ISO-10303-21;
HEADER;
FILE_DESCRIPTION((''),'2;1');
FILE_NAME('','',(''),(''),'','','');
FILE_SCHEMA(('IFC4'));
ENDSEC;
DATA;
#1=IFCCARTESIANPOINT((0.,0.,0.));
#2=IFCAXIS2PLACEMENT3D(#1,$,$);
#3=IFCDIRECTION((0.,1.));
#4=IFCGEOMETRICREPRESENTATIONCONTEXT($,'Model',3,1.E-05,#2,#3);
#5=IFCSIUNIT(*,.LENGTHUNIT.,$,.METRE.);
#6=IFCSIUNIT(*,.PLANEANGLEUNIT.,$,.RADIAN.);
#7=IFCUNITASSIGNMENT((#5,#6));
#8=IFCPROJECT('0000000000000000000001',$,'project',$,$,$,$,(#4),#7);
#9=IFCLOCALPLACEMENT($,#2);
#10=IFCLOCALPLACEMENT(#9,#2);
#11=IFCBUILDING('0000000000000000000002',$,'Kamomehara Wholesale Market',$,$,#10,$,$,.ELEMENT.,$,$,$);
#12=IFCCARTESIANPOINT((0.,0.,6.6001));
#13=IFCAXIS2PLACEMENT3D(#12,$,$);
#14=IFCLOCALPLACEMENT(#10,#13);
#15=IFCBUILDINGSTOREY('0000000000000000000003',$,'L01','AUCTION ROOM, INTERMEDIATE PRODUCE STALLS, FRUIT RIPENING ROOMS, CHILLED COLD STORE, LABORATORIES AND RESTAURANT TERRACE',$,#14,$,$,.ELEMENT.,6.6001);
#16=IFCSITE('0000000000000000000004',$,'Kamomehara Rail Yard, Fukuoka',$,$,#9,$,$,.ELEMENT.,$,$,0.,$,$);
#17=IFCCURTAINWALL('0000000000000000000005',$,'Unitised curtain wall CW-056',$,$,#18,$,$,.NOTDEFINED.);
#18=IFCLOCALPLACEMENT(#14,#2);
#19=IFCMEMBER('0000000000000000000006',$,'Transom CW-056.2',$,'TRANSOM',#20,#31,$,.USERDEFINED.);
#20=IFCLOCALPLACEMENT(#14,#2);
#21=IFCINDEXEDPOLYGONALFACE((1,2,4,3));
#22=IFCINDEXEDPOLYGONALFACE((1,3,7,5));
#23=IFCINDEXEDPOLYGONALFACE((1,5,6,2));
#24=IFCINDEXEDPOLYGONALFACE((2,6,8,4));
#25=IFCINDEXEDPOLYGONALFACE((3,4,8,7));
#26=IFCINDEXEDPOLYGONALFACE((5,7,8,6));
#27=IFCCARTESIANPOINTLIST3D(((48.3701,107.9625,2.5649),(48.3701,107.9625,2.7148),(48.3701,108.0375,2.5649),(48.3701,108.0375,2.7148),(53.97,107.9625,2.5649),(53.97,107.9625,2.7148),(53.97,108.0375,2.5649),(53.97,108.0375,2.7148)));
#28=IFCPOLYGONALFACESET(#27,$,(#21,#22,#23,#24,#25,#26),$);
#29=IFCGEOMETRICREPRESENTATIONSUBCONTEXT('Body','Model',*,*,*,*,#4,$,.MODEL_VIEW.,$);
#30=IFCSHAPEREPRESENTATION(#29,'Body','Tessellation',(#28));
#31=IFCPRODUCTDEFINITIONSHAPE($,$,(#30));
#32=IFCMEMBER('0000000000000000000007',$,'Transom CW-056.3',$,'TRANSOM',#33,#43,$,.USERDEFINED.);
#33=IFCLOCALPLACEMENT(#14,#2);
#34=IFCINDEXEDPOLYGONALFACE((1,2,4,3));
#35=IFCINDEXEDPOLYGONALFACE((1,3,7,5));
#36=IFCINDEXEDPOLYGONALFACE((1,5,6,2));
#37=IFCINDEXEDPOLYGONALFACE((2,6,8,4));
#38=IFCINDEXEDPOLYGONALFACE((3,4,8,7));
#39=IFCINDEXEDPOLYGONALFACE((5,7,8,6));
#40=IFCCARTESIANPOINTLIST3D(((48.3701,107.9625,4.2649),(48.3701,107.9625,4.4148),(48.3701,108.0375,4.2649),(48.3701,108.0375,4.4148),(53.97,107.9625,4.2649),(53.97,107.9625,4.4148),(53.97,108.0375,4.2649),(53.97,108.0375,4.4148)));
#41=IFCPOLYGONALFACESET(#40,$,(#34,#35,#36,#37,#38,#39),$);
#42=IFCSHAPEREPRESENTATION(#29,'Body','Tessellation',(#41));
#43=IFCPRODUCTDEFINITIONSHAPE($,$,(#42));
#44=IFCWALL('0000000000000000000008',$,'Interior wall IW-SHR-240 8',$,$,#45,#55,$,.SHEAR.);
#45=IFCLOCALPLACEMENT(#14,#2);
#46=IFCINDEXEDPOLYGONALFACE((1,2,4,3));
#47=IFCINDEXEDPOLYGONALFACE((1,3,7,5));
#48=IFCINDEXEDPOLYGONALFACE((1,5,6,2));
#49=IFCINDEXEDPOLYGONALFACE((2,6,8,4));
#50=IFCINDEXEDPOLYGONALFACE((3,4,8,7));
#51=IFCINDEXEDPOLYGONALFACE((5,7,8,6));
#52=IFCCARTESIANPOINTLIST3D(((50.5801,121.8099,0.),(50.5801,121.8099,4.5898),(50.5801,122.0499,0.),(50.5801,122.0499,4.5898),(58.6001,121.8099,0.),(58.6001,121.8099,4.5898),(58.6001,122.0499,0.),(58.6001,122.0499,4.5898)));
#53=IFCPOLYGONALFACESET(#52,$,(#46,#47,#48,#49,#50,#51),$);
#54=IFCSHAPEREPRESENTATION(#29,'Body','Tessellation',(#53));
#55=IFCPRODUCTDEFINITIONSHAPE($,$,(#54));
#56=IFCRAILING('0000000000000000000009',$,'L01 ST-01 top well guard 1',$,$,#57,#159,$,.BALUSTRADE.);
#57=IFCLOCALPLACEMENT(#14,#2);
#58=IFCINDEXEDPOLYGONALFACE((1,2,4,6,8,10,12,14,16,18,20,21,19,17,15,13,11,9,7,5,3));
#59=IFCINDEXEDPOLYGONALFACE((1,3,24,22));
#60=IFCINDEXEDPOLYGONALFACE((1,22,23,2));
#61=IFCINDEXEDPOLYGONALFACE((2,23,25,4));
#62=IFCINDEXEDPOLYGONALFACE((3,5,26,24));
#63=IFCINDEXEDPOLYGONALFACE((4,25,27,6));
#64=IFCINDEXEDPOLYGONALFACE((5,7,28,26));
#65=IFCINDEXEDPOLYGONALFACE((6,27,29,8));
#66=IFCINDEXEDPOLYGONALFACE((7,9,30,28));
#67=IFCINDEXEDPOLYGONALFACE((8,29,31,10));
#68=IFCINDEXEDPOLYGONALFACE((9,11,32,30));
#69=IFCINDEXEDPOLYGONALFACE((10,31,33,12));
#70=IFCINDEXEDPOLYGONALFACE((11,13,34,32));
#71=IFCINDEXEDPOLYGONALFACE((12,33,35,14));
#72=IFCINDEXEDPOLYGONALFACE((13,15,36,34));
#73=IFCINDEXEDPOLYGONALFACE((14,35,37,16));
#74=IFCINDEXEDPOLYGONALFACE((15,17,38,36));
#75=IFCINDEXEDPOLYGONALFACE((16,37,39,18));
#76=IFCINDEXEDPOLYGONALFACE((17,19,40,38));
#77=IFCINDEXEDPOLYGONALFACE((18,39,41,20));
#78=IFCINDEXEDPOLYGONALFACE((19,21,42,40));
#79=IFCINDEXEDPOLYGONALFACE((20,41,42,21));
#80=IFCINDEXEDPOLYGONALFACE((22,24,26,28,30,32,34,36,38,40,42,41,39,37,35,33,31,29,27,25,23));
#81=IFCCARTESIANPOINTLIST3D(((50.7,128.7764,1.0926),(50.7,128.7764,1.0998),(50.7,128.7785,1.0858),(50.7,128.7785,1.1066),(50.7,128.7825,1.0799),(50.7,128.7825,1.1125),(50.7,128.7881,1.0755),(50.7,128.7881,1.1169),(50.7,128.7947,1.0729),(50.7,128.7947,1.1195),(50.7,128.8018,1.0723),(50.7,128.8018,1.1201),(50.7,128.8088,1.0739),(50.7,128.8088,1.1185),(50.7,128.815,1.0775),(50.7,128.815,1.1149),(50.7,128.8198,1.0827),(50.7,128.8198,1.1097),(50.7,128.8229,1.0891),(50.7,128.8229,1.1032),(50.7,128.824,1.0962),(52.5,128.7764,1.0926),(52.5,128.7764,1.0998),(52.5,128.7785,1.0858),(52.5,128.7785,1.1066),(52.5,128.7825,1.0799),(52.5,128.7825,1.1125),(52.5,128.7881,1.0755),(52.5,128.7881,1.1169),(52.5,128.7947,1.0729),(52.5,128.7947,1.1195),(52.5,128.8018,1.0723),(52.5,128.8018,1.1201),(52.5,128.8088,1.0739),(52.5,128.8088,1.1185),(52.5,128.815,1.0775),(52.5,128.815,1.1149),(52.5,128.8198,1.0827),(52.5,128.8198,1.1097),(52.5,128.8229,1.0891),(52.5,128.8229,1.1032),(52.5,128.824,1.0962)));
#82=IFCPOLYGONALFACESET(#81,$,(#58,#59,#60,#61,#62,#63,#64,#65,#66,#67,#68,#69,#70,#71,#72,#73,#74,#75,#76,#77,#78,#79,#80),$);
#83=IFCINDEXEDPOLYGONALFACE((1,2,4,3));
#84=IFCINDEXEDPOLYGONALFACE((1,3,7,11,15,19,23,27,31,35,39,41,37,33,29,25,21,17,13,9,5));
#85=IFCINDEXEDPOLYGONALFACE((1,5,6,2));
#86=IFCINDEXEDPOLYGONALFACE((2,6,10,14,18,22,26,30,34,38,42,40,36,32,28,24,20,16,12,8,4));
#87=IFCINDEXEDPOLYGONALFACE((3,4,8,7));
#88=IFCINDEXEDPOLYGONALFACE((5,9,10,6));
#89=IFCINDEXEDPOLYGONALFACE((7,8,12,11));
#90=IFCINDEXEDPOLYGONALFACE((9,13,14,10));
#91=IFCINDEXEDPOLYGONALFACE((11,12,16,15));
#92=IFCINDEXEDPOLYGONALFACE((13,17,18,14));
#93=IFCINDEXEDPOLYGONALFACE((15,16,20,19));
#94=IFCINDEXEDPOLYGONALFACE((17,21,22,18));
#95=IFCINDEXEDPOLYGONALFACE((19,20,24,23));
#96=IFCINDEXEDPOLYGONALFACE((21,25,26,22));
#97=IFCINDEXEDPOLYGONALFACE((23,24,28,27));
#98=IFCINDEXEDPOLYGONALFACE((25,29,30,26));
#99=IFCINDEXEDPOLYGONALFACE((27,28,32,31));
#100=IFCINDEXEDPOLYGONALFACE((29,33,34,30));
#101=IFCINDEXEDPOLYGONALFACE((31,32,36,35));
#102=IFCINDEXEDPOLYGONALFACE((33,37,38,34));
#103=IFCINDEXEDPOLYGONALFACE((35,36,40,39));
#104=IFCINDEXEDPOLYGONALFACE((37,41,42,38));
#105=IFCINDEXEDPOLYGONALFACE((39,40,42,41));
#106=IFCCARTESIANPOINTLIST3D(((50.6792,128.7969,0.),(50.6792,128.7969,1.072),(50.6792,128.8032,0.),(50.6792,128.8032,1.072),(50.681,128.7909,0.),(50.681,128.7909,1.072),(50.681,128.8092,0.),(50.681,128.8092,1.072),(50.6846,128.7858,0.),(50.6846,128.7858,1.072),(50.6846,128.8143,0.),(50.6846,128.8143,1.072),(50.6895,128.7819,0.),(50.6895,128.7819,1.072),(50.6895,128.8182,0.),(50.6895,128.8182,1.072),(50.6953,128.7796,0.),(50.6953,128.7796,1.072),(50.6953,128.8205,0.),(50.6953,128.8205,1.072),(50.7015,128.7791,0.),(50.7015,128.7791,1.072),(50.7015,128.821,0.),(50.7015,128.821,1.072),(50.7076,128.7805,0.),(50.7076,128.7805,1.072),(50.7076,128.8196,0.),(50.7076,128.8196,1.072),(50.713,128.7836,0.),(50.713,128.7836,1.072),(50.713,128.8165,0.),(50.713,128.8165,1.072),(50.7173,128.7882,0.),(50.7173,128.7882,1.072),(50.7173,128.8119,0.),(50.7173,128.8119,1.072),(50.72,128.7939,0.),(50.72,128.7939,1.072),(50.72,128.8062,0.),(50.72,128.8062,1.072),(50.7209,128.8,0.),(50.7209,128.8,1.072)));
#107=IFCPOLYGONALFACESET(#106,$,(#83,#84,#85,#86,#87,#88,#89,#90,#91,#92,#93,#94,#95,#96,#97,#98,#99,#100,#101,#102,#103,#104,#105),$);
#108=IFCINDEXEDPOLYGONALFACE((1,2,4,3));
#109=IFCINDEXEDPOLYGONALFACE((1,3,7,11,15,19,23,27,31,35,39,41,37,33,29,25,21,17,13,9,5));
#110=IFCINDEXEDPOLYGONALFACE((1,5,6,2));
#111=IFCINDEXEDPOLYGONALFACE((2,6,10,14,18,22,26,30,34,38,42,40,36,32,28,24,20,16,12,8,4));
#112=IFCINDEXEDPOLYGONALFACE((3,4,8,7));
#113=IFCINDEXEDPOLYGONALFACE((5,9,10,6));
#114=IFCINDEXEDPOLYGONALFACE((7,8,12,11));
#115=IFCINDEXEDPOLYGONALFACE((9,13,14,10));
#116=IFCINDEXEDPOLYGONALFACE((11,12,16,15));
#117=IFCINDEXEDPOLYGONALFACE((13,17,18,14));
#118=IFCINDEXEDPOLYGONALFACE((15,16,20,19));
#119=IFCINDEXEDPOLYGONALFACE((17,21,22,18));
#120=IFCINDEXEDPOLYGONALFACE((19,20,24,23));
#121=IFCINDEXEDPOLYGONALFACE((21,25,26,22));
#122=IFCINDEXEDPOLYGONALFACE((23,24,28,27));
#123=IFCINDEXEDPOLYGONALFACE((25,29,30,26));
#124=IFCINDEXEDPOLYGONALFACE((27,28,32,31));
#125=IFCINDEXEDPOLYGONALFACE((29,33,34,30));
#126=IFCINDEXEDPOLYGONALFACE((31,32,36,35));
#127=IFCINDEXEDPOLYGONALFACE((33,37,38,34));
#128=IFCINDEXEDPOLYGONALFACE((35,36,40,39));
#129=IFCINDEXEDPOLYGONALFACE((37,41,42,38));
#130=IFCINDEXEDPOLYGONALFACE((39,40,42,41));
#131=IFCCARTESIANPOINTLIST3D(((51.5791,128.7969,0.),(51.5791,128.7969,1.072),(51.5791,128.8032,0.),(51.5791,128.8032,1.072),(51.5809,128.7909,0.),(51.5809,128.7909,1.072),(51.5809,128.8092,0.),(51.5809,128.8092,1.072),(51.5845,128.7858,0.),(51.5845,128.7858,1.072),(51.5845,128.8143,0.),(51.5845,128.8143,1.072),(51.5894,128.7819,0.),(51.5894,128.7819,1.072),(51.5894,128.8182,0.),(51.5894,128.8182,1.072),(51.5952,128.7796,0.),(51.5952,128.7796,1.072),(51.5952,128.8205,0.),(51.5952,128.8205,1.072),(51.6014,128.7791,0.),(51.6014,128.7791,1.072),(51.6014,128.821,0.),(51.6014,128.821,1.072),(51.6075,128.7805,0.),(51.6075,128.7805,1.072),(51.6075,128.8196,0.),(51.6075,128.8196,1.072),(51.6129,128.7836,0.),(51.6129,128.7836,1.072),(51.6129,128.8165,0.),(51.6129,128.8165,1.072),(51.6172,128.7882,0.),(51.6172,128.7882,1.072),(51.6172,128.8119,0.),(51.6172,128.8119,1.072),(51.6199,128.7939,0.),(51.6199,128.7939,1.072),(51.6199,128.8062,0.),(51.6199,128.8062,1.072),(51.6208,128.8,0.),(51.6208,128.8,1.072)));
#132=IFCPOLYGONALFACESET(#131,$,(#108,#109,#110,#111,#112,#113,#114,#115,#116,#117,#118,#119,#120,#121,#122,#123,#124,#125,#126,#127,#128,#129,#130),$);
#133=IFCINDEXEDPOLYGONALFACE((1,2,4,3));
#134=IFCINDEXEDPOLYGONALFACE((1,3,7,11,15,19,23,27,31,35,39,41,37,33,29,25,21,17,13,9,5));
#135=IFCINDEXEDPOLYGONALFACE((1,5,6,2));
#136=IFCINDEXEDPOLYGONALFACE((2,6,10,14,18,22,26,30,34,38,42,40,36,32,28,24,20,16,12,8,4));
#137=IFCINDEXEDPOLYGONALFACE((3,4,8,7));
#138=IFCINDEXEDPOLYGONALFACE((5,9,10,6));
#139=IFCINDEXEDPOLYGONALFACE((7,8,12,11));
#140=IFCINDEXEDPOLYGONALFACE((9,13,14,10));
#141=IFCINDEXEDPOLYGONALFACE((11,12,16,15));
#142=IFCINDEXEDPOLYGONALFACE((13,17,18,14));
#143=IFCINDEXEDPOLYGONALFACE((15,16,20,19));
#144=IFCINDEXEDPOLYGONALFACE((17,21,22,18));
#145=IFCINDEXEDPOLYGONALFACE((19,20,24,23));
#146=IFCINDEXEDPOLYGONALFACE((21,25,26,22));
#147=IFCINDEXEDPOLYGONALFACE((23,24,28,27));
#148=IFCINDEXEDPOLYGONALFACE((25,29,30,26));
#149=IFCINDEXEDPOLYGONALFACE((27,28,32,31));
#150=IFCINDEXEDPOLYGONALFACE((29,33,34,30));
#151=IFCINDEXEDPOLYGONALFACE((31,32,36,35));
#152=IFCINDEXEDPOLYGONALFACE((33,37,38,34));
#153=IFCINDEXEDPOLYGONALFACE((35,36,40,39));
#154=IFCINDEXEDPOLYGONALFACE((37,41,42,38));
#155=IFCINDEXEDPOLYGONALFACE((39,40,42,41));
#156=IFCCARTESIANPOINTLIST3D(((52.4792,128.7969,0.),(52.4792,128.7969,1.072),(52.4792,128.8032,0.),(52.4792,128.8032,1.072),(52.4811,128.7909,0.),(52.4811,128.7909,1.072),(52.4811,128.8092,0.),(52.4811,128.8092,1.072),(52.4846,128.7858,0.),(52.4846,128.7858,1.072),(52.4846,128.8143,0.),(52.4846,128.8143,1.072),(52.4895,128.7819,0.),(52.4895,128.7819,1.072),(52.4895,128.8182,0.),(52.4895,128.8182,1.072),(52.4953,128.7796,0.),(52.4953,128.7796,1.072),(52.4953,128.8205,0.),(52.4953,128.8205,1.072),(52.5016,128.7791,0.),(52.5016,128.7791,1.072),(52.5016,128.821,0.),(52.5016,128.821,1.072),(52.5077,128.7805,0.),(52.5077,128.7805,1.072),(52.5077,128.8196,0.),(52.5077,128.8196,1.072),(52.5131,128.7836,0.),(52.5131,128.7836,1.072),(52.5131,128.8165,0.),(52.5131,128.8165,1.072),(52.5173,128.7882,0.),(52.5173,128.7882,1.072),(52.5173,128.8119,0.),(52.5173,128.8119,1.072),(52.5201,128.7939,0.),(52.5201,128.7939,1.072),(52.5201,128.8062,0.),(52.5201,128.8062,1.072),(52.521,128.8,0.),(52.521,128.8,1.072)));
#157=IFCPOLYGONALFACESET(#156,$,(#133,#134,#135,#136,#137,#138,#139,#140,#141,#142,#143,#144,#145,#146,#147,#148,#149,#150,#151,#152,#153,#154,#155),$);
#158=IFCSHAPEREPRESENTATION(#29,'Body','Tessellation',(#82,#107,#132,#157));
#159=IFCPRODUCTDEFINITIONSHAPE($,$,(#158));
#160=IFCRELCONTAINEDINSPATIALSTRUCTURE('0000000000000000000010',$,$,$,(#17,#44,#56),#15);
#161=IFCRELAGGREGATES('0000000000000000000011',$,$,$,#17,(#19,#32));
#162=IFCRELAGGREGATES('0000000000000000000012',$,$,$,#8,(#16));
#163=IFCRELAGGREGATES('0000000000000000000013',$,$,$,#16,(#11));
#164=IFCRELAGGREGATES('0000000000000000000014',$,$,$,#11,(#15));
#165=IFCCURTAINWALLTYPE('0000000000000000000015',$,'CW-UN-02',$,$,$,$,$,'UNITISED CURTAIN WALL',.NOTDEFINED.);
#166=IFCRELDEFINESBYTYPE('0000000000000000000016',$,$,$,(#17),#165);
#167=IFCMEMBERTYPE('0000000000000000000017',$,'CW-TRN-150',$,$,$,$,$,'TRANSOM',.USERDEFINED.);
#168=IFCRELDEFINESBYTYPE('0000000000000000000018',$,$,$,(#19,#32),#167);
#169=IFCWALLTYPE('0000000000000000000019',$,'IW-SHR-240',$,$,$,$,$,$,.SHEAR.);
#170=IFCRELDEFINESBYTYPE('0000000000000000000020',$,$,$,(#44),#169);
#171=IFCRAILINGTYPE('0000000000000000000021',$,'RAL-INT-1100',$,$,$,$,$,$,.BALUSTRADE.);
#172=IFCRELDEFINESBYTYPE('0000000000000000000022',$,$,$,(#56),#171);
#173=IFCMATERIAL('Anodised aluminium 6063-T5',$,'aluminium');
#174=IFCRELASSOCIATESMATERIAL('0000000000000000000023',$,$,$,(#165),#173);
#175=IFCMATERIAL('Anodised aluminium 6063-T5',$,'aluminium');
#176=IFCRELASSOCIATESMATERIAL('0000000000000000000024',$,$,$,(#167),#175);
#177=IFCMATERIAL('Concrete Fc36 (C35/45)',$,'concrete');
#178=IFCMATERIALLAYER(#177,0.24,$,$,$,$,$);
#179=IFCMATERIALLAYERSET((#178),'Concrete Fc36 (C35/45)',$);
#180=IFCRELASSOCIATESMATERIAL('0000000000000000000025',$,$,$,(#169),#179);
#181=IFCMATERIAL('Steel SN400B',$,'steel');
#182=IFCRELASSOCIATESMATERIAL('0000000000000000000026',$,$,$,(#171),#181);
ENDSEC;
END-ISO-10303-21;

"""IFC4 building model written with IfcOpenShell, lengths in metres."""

from ifc_helpers import new_model, si_unit, direction, frame, frame_2d, origin, origin_2d, place, context, subcontext, project, spatial, rectangle, circle, extrude, material, layer, layer_set, material_profile, profile_set, type_object, element, aggregate, save


model = new_model("IFC4")

# Units and contexts
model_context = context("Model", 3, precision=1e-05, world=origin(), true_north=direction((0.0, 1.0)))
body_context = subcontext(model_context, "Body", "Model", "MODEL_VIEW")
ifc_project = project(units=[si_unit("LENGTHUNIT", "METRE"), si_unit("PLANEANGLEUNIT", "RADIAN")], contexts=[model_context])

# Site, building, storey
site_placement = place(None, origin())
site = spatial("IfcSite", under=ifc_project, at=site_placement, Name="Kamomehara Rail Yard, Fukuoka", CompositionType="ELEMENT", RefElevation=0.0)
building_placement = place(site_placement, origin())
building = spatial("IfcBuilding", under=site, at=building_placement, Name="Kamomehara Wholesale Market", CompositionType="ELEMENT")
storey_placement = place(building_placement, frame((0.0, 0.0, 6.6001)))
storey = spatial("IfcBuildingStorey", under=building, at=storey_placement, Name="L01", Description="AUCTION ROOM, INTERMEDIATE PRODUCE STALLS, FRUIT RIPENING ROOMS, CHILLED COLD STORE, LABORATORIES AND RESTAURANT TERRACE", CompositionType="ELEMENT", Elevation=6.6001)

# Shared definitions
ifc_material_1 = material(Name="Anodised aluminium 6063-T5", Category="aluminium")
curtain_wall_type = type_object("IfcCurtainWallType", Name="CW-UN-02", ElementType="UNITISED CURTAIN WALL", PredefinedType="NOTDEFINED", material=ifc_material_1)

# Curtain wall, members
curtain_wall_1_placement = place(storey_placement, origin())
curtain_wall_1 = element("IfcCurtainWall", 1, at=curtain_wall_1_placement, inside=storey, type_object=curtain_wall_type, Name="Unitised curtain wall CW-056", PredefinedType="NOTDEFINED")
ifc_material_2 = material(Name="Anodised aluminium 6063-T5", Category="aluminium")
ifc_material_profile_1 = material_profile(ifc_material_2, rectangle(XDim=0.075, YDim=0.1499, at=origin_2d()), Name="ALU-TRN-75x150")
ifc_profile_set_1 = profile_set([ifc_material_profile_1], Name="Anodised aluminium 6063-T5")
member_type_1 = type_object("IfcMemberType", Name="CW-TRN-150", ElementType="TRANSOM", PredefinedType="USERDEFINED", material=ifc_profile_set_1)
member_1_placement = place(storey_placement, frame((53.97, 108.0, 2.6399), z_axis=(-1.0, 0.0, 0.0), x_axis=(0.0, -1.0, 0.0)))
member_1 = element("IfcMember", 2, at=member_1_placement, type_object=member_type_1, Name="Transom CW-056.2", ObjectType="TRANSOM", PredefinedType="USERDEFINED", context=body_context, shape_type="SweptSolid", body=[
    extrude(rectangle(XDim=0.075, YDim=0.1499, at=origin_2d()), origin(), (0.0, 0.0, 1.0), 5.5999),
])
member_2_placement = place(storey_placement, frame((53.97, 108.0, 4.3398), z_axis=(-1.0, 0.0, 0.0), x_axis=(0.0, -1.0, 0.0)))
member_2 = element("IfcMember", 3, at=member_2_placement, type_object=member_type_1, Name="Transom CW-056.3", ObjectType="TRANSOM", PredefinedType="USERDEFINED", context=body_context, shape_type="SweptSolid", body=[
    extrude(rectangle(XDim=0.075, YDim=0.1499, at=origin_2d()), origin(), (0.0, 0.0, 1.0), 5.5999),
])
aggregate(curtain_wall_1, [member_1, member_2])

# Wall
ifc_material_3 = material(Name="Concrete Fc36 (C35/45)", Category="concrete")
ifc_layer = layer(ifc_material_3, 0.24)
ifc_layer_set = layer_set([ifc_layer], Name="Concrete Fc36 (C35/45)")
wall_type = type_object("IfcWallType", Name="IW-SHR-240", PredefinedType="SHEAR", material=ifc_layer_set)
wall_placement = place(storey_placement, frame((50.5801, 121.9299, 0.0), z_axis=(0.0, 0.0, 1.0), x_axis=(1.0, 0.0, 0.0)))
element("IfcWall", 4, at=wall_placement, inside=storey, type_object=wall_type, Name="Interior wall IW-SHR-240 8", PredefinedType="SHEAR", context=body_context, shape_type="SweptSolid", body=[
    extrude(rectangle(XDim=8.02, YDim=0.24, at=frame_2d((4.01, 0.0))), origin(), (0.0, 0.0, 1.0), 4.5898),
])

# Railing
ifc_material_4 = material(Name="Steel SN400B", Category="steel")
railing_type = type_object("IfcRailingType", Name="RAL-INT-1100", PredefinedType="BALUSTRADE", material=ifc_material_4)
railing_1_placement = place(storey_placement, frame((50.7, 128.8, 0.0)))
element("IfcRailing", 5, at=railing_1_placement, inside=storey, type_object=railing_type, Name="L01 ST-01 top well guard 1", PredefinedType="BALUSTRADE", context=body_context, shape_type="SweptSolid", body=[
    extrude(circle(Radius=0.0239, at=origin_2d()), frame((0.0, 0.0, 1.0962), z_axis=(1.0, 0.0, 0.0), x_axis=(0.0, 1.0, 0.0)), (0.0, 0.0, 1.0), 1.8),
    extrude(circle(Radius=0.021, at=origin_2d()), origin(), (0.0, 0.0, 1.0), 1.072),
    extrude(circle(Radius=0.021, at=origin_2d()), frame((0.8999, 0.0, 0.0)), (0.0, 0.0, 1.0), 1.072),
    extrude(circle(Radius=0.021, at=origin_2d()), frame((1.8, 0.0, 0.0)), (0.0, 0.0, 1.0), 1.072),
])

save(model, "model.ifc")
